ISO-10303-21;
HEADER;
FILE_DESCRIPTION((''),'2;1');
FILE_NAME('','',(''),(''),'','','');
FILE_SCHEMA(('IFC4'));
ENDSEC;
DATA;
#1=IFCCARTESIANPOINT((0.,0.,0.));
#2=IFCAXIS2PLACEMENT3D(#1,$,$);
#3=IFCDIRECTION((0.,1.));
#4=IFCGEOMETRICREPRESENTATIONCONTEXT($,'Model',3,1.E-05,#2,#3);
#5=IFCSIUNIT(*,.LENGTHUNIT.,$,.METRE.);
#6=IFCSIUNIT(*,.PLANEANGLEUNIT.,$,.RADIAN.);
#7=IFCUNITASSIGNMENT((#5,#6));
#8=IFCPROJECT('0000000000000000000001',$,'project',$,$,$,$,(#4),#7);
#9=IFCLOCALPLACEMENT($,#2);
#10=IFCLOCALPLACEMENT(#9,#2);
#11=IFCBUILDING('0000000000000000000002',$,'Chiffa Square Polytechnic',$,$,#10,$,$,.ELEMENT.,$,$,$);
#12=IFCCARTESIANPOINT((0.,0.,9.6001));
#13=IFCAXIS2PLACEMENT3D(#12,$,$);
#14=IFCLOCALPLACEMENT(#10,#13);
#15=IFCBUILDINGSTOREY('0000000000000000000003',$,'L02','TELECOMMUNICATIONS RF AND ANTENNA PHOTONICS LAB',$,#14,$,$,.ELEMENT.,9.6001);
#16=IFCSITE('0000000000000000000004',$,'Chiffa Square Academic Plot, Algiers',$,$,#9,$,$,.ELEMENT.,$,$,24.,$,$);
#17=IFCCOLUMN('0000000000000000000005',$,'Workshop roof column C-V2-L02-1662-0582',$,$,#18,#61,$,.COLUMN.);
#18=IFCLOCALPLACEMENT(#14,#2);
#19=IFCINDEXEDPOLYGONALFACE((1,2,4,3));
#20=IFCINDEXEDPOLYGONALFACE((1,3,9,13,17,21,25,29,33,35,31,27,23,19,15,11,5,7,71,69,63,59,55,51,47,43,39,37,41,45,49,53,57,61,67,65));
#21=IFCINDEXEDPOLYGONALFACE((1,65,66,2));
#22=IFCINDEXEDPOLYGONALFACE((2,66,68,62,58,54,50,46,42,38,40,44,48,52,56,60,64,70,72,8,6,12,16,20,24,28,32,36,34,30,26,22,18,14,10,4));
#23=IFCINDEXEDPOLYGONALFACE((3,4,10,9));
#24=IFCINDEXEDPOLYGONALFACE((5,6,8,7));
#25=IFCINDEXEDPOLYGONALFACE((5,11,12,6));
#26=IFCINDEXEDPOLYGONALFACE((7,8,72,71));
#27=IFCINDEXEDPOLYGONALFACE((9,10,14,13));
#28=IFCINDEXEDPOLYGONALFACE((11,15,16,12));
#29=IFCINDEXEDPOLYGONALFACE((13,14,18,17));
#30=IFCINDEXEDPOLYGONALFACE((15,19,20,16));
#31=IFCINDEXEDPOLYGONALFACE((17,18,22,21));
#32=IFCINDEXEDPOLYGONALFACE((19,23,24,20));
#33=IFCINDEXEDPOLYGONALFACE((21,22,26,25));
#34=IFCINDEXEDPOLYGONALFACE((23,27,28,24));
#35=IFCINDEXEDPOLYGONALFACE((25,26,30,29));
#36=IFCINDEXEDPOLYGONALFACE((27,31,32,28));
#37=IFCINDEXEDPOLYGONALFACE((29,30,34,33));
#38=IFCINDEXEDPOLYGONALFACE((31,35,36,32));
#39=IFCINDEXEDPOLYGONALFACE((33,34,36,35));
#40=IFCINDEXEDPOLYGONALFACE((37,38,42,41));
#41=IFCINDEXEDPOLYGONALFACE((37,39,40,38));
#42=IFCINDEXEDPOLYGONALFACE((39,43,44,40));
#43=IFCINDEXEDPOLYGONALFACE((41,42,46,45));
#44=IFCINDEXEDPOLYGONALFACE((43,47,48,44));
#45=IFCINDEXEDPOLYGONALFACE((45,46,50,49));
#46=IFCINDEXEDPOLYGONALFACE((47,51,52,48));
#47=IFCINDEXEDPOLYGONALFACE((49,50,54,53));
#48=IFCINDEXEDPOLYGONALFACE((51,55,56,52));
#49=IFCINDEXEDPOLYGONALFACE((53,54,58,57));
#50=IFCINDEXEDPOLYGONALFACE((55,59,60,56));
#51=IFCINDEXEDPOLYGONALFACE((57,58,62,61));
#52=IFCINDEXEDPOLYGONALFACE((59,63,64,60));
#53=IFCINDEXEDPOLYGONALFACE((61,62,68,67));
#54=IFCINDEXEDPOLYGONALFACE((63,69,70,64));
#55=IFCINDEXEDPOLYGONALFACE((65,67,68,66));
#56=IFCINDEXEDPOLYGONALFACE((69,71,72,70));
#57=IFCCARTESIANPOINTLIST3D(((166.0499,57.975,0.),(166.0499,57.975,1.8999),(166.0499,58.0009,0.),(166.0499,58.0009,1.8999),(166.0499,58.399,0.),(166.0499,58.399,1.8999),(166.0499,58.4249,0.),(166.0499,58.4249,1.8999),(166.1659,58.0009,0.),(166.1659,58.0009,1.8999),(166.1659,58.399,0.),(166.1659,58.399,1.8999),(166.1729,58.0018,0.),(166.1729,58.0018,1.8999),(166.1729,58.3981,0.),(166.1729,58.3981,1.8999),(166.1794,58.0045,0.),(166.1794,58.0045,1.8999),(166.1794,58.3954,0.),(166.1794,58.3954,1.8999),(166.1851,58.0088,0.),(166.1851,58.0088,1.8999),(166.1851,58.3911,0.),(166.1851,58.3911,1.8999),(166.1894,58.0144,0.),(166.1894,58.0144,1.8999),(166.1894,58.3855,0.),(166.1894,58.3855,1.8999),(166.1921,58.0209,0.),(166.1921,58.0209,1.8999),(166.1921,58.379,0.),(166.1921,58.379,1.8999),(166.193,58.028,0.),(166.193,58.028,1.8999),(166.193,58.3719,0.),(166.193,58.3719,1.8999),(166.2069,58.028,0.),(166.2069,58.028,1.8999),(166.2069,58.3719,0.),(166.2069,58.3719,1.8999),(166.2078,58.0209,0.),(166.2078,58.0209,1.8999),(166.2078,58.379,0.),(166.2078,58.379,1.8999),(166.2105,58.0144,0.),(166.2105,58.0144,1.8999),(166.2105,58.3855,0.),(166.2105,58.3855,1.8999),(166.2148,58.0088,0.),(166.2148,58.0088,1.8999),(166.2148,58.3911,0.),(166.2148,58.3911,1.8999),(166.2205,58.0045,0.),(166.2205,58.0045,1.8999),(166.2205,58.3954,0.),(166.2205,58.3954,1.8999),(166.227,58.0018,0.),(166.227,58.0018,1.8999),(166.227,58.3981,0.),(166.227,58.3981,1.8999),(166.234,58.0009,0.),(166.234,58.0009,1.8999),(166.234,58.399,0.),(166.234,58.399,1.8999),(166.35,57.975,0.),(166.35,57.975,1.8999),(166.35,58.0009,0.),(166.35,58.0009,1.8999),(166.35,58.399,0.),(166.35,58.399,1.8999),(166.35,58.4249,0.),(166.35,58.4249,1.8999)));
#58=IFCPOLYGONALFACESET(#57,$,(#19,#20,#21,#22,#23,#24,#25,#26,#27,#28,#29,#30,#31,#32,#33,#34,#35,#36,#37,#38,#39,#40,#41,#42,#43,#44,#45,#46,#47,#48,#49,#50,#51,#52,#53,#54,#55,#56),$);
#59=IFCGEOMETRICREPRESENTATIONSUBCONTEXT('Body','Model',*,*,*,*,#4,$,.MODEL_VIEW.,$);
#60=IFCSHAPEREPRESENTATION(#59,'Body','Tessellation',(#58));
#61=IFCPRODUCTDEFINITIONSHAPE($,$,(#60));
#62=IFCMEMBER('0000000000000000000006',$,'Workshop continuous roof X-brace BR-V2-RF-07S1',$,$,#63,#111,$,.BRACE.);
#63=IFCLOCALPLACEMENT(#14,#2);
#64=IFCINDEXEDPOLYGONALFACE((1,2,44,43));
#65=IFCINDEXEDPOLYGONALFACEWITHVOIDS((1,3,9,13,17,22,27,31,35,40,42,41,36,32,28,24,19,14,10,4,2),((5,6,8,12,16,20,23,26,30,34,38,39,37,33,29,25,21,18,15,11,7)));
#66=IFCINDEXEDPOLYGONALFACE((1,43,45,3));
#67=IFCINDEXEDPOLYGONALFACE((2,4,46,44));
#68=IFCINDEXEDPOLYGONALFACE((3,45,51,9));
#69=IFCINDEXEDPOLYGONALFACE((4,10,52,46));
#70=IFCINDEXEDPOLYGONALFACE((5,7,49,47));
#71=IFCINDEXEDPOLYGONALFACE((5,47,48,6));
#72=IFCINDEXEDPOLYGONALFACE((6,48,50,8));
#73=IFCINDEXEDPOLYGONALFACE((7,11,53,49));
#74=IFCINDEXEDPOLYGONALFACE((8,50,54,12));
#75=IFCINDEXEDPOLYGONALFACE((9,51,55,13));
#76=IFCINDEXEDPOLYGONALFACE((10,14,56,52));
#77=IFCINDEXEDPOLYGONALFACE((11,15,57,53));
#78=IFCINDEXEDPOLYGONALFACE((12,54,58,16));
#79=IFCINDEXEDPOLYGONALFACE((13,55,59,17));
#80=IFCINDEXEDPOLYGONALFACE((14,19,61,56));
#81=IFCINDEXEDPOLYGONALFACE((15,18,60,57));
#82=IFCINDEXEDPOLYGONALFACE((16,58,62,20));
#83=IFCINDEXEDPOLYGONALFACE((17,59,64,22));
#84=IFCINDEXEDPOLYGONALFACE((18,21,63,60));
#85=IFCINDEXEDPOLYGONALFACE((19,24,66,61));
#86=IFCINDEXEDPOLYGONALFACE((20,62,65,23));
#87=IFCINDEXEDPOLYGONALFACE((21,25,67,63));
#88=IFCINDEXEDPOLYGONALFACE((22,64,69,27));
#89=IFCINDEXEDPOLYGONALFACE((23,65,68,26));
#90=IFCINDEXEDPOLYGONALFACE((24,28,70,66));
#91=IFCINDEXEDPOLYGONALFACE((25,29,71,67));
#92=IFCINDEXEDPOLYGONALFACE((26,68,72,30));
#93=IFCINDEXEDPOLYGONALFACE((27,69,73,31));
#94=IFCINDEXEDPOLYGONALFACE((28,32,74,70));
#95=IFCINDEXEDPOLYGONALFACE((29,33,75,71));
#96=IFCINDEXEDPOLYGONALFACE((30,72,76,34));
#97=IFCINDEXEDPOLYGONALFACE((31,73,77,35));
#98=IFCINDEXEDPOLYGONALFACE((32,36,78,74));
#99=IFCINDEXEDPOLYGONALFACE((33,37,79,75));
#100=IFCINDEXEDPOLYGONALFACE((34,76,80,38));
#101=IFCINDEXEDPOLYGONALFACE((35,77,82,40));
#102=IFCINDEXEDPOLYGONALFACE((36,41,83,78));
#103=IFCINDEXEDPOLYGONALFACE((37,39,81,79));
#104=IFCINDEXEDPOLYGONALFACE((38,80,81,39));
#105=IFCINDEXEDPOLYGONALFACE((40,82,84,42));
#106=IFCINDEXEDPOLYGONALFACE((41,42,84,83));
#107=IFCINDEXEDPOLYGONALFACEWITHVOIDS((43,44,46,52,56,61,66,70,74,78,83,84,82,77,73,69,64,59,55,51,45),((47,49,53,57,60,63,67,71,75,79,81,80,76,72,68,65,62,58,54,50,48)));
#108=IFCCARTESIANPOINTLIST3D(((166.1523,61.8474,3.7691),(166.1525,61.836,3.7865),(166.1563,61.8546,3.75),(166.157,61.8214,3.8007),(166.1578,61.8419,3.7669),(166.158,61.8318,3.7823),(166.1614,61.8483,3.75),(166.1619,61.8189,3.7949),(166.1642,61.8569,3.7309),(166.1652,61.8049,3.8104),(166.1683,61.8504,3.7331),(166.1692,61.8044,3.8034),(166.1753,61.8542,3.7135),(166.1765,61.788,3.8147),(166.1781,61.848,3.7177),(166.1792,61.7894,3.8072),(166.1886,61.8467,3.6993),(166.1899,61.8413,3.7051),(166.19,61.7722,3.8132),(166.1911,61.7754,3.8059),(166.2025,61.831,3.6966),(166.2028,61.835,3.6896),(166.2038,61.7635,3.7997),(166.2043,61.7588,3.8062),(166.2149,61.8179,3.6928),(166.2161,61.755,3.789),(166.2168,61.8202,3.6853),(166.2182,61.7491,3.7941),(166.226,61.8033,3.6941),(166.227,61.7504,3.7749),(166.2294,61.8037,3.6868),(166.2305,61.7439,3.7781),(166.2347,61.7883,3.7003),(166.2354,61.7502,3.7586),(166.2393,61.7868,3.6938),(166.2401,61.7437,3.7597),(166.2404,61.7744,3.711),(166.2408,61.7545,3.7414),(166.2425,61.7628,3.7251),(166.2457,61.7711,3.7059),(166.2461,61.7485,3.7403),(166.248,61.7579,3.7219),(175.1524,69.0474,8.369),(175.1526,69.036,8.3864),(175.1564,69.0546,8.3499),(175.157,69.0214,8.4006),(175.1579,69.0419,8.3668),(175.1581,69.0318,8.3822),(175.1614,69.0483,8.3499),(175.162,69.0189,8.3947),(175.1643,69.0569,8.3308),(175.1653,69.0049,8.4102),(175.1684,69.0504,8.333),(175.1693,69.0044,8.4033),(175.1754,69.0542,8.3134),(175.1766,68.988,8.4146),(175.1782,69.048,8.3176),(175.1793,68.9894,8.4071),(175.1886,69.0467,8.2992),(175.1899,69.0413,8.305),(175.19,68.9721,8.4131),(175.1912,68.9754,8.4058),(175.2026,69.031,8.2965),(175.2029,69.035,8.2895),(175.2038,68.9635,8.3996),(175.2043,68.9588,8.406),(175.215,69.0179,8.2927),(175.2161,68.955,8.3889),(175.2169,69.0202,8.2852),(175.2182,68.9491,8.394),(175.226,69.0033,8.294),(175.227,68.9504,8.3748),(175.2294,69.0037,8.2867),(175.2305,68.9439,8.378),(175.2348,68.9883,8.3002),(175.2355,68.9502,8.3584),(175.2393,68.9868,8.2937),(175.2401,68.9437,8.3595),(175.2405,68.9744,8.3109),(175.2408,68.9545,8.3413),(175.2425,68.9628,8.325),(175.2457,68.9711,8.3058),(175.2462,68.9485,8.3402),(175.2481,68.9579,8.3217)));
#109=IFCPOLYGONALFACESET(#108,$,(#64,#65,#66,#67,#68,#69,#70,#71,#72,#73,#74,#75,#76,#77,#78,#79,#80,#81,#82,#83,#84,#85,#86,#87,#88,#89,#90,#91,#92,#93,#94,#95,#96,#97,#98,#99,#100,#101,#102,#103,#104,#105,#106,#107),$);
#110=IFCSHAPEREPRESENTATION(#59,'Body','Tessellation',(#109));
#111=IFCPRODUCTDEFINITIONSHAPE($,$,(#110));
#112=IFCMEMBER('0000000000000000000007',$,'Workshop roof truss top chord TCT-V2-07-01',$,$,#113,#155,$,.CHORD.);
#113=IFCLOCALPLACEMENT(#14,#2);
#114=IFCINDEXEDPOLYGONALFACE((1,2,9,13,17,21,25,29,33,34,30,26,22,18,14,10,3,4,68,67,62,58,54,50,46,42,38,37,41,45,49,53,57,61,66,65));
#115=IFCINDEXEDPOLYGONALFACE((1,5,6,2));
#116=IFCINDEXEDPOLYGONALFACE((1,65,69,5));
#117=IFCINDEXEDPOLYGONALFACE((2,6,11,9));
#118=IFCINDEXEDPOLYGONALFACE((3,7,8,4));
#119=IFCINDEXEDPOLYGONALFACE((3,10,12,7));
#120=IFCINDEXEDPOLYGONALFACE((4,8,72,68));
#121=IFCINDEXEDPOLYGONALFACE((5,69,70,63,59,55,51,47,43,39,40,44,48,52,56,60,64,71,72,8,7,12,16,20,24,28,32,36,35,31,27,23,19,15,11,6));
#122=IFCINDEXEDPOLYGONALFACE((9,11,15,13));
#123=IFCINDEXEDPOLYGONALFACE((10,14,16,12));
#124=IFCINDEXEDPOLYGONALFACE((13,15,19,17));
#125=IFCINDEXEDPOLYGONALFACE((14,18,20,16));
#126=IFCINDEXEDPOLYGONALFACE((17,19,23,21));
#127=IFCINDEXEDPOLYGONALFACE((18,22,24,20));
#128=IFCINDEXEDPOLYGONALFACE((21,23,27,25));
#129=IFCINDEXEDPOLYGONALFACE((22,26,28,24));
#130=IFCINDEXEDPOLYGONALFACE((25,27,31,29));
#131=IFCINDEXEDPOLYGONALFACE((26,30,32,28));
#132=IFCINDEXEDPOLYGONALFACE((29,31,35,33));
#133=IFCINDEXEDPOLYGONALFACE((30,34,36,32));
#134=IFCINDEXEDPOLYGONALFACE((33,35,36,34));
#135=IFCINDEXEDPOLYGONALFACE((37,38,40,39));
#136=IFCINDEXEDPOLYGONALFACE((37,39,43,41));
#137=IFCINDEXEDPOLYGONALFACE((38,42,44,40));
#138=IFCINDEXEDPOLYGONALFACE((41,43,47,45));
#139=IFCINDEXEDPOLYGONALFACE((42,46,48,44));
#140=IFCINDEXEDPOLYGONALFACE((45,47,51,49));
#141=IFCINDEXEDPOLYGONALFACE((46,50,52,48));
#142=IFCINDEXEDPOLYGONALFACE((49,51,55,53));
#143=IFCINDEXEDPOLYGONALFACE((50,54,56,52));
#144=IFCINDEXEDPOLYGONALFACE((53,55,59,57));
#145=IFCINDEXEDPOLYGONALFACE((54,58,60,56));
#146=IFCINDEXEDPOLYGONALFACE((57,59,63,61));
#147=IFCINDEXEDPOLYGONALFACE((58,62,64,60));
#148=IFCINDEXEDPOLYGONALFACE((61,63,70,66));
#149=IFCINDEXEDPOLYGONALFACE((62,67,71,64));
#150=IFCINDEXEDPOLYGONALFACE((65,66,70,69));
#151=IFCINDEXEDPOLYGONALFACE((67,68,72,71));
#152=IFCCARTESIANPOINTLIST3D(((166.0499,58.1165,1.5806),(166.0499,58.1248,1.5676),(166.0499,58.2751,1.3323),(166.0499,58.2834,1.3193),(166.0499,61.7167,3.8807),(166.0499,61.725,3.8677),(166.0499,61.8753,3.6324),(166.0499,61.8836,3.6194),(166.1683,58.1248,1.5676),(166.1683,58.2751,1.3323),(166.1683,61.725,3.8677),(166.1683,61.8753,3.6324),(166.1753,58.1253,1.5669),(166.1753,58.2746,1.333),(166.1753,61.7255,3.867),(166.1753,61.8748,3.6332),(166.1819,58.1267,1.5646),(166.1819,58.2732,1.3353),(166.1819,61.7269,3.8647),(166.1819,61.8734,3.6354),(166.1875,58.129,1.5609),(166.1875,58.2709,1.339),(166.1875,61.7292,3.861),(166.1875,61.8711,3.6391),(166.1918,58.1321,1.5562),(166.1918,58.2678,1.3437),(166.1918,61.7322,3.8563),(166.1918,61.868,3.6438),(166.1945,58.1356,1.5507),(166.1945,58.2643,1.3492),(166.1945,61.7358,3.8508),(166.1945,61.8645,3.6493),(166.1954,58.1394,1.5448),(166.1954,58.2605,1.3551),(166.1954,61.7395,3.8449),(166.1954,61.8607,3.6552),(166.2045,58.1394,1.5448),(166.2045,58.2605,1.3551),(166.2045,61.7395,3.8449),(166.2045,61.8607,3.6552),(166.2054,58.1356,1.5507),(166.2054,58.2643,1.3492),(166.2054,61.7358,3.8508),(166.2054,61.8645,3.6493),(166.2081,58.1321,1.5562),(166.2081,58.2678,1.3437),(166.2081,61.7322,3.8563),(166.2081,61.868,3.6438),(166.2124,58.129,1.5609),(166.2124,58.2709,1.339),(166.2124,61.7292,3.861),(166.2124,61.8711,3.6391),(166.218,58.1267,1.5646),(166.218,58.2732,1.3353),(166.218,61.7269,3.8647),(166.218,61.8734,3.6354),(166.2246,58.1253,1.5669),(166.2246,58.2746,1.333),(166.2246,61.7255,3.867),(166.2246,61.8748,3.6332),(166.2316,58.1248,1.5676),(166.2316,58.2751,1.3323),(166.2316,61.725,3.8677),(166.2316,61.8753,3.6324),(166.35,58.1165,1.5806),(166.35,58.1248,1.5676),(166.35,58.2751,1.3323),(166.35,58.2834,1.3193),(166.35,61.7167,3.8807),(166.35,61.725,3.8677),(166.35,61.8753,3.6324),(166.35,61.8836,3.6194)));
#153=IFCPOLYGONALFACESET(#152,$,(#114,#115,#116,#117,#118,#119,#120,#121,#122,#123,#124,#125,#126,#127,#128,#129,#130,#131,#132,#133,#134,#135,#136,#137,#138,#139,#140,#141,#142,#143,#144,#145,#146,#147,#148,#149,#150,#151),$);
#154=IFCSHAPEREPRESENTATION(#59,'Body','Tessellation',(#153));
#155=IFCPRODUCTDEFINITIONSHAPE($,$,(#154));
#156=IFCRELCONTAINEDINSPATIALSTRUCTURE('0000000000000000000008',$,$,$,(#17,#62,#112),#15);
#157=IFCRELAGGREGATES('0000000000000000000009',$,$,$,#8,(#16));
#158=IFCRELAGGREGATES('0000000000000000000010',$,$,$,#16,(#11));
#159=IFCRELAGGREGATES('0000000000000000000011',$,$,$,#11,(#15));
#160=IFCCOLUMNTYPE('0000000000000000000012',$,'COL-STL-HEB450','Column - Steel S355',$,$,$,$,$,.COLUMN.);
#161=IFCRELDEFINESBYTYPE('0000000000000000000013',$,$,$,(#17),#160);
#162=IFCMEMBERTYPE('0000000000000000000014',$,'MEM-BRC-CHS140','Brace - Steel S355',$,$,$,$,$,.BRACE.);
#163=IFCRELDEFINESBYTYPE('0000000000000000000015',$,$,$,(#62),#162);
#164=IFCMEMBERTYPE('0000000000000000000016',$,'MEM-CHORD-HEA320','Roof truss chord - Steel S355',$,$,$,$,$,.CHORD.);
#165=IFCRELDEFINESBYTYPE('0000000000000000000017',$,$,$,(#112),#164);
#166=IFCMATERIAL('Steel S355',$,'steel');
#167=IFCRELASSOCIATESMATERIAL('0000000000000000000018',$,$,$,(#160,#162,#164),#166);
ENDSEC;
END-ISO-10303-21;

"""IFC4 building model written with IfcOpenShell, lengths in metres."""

from ifc_helpers import new_model, si_unit, direction, frame, origin, origin_2d, place, context, subcontext, project, spatial, hollow_circle, i_section, extrude, material, material_profile, profile_set, type_object, element, save


model = new_model("IFC4")

# Units and contexts
model_context = context("Model", 3, precision=1e-05, world=origin(), true_north=direction((0.0, 1.0)))
body_context = subcontext(model_context, "Body", "Model", "MODEL_VIEW")
ifc_project = project(units=[si_unit("LENGTHUNIT", "METRE"), si_unit("PLANEANGLEUNIT", "RADIAN")], contexts=[model_context])

# Site, building, storey
site_placement = place(None, origin())
site = spatial("IfcSite", under=ifc_project, at=site_placement, Name="Chiffa Square Academic Plot, Algiers", CompositionType="ELEMENT", RefElevation=24.0)
building_placement = place(site_placement, origin())
building = spatial("IfcBuilding", under=site, at=building_placement, Name="Chiffa Square Polytechnic", CompositionType="ELEMENT")
storey_placement = place(building_placement, frame((0.0, 0.0, 9.6001)))
storey = spatial("IfcBuildingStorey", under=building, at=storey_placement, Name="L02", Description="TELECOMMUNICATIONS RF AND ANTENNA PHOTONICS LAB", CompositionType="ELEMENT", Elevation=9.6001)

# Column
ifc_material = material(Name="Steel S355", Category="steel")
ifc_material_profile_1 = material_profile(ifc_material, i_section(OverallWidth=0.3, OverallDepth=0.45, WebThickness=0.0139, FlangeThickness=0.0259, FilletRadius=0.0271, at=origin_2d()), Name="HEB 450")
ifc_profile_set_1 = profile_set([ifc_material_profile_1], Name="Steel S355")
column_type = type_object("IfcColumnType", Name="COL-STL-HEB450", Description="Column - Steel S355", PredefinedType="COLUMN", material=ifc_profile_set_1)
column_placement = place(storey_placement, frame((166.2, 58.2, 0.0), z_axis=(0.0, 0.0, 1.0), x_axis=(1.0, 0.0, 0.0)))
element("IfcColumn", 1, at=column_placement, inside=storey, type_object=column_type, Name="Workshop roof column C-V2-L02-1662-0582", PredefinedType="COLUMN", context=body_context, shape_type="SweptSolid", body=[
    extrude(i_section(OverallWidth=0.3, OverallDepth=0.45, WebThickness=0.0139, FlangeThickness=0.0259, FilletRadius=0.0271, at=origin_2d()), origin(), (0.0, 0.0, 1.0), 1.8999),
])

# Members
ifc_material_profile_2 = material_profile(ifc_material, hollow_circle(Radius=0.0698, WallThickness=0.0081, at=origin_2d()), Name="CHS 139.7x8")
ifc_profile_set_2 = profile_set([ifc_material_profile_2], Name="Steel S355")
member_type_1 = type_object("IfcMemberType", Name="MEM-BRC-CHS140", Description="Brace - Steel S355", PredefinedType="BRACE", material=ifc_profile_set_2)
member_1_placement = place(storey_placement, frame((166.2, 61.8, 3.75), z_axis=(0.725245, 0.580192, 0.370669), x_axis=(-0.624692, 0.780871, 0.0)))
element("IfcMember", 2, at=member_1_placement, inside=storey, type_object=member_type_1, Name="Workshop continuous roof X-brace BR-V2-RF-07S1", PredefinedType="BRACE", context=body_context, shape_type="SweptSolid", body=[
    extrude(hollow_circle(Radius=0.0698, WallThickness=0.0081, at=origin_2d()), origin(), (0.0, 0.0, 1.0), 12.4097),
])
ifc_material_profile_3 = material_profile(ifc_material, i_section(OverallWidth=0.3, OverallDepth=0.3101, WebThickness=0.009, FlangeThickness=0.0154, FilletRadius=0.0271, at=origin_2d()), Name="HEA 320")
ifc_profile_set_3 = profile_set([ifc_material_profile_3], Name="Steel S355")
member_type_2 = type_object("IfcMemberType", Name="MEM-CHORD-HEA320", Description="Roof truss chord - Steel S355", PredefinedType="CHORD", material=ifc_profile_set_3)
member_2_placement = place(storey_placement, frame((166.2, 58.2, 1.45), z_axis=(0.0, 0.842698, 0.538387), x_axis=(-1.0, 0.0, 0.0)))
element("IfcMember", 3, at=member_2_placement, inside=storey, type_object=member_type_2, Name="Workshop roof truss top chord TCT-V2-07-01", PredefinedType="CHORD", context=body_context, shape_type="SweptSolid", body=[
    extrude(i_section(OverallWidth=0.3, OverallDepth=0.3101, WebThickness=0.009, FlangeThickness=0.0154, FilletRadius=0.0271, at=origin_2d()), origin(), (0.0, 0.0, 1.0), 4.2722),
])

save(model, "model.ifc")
